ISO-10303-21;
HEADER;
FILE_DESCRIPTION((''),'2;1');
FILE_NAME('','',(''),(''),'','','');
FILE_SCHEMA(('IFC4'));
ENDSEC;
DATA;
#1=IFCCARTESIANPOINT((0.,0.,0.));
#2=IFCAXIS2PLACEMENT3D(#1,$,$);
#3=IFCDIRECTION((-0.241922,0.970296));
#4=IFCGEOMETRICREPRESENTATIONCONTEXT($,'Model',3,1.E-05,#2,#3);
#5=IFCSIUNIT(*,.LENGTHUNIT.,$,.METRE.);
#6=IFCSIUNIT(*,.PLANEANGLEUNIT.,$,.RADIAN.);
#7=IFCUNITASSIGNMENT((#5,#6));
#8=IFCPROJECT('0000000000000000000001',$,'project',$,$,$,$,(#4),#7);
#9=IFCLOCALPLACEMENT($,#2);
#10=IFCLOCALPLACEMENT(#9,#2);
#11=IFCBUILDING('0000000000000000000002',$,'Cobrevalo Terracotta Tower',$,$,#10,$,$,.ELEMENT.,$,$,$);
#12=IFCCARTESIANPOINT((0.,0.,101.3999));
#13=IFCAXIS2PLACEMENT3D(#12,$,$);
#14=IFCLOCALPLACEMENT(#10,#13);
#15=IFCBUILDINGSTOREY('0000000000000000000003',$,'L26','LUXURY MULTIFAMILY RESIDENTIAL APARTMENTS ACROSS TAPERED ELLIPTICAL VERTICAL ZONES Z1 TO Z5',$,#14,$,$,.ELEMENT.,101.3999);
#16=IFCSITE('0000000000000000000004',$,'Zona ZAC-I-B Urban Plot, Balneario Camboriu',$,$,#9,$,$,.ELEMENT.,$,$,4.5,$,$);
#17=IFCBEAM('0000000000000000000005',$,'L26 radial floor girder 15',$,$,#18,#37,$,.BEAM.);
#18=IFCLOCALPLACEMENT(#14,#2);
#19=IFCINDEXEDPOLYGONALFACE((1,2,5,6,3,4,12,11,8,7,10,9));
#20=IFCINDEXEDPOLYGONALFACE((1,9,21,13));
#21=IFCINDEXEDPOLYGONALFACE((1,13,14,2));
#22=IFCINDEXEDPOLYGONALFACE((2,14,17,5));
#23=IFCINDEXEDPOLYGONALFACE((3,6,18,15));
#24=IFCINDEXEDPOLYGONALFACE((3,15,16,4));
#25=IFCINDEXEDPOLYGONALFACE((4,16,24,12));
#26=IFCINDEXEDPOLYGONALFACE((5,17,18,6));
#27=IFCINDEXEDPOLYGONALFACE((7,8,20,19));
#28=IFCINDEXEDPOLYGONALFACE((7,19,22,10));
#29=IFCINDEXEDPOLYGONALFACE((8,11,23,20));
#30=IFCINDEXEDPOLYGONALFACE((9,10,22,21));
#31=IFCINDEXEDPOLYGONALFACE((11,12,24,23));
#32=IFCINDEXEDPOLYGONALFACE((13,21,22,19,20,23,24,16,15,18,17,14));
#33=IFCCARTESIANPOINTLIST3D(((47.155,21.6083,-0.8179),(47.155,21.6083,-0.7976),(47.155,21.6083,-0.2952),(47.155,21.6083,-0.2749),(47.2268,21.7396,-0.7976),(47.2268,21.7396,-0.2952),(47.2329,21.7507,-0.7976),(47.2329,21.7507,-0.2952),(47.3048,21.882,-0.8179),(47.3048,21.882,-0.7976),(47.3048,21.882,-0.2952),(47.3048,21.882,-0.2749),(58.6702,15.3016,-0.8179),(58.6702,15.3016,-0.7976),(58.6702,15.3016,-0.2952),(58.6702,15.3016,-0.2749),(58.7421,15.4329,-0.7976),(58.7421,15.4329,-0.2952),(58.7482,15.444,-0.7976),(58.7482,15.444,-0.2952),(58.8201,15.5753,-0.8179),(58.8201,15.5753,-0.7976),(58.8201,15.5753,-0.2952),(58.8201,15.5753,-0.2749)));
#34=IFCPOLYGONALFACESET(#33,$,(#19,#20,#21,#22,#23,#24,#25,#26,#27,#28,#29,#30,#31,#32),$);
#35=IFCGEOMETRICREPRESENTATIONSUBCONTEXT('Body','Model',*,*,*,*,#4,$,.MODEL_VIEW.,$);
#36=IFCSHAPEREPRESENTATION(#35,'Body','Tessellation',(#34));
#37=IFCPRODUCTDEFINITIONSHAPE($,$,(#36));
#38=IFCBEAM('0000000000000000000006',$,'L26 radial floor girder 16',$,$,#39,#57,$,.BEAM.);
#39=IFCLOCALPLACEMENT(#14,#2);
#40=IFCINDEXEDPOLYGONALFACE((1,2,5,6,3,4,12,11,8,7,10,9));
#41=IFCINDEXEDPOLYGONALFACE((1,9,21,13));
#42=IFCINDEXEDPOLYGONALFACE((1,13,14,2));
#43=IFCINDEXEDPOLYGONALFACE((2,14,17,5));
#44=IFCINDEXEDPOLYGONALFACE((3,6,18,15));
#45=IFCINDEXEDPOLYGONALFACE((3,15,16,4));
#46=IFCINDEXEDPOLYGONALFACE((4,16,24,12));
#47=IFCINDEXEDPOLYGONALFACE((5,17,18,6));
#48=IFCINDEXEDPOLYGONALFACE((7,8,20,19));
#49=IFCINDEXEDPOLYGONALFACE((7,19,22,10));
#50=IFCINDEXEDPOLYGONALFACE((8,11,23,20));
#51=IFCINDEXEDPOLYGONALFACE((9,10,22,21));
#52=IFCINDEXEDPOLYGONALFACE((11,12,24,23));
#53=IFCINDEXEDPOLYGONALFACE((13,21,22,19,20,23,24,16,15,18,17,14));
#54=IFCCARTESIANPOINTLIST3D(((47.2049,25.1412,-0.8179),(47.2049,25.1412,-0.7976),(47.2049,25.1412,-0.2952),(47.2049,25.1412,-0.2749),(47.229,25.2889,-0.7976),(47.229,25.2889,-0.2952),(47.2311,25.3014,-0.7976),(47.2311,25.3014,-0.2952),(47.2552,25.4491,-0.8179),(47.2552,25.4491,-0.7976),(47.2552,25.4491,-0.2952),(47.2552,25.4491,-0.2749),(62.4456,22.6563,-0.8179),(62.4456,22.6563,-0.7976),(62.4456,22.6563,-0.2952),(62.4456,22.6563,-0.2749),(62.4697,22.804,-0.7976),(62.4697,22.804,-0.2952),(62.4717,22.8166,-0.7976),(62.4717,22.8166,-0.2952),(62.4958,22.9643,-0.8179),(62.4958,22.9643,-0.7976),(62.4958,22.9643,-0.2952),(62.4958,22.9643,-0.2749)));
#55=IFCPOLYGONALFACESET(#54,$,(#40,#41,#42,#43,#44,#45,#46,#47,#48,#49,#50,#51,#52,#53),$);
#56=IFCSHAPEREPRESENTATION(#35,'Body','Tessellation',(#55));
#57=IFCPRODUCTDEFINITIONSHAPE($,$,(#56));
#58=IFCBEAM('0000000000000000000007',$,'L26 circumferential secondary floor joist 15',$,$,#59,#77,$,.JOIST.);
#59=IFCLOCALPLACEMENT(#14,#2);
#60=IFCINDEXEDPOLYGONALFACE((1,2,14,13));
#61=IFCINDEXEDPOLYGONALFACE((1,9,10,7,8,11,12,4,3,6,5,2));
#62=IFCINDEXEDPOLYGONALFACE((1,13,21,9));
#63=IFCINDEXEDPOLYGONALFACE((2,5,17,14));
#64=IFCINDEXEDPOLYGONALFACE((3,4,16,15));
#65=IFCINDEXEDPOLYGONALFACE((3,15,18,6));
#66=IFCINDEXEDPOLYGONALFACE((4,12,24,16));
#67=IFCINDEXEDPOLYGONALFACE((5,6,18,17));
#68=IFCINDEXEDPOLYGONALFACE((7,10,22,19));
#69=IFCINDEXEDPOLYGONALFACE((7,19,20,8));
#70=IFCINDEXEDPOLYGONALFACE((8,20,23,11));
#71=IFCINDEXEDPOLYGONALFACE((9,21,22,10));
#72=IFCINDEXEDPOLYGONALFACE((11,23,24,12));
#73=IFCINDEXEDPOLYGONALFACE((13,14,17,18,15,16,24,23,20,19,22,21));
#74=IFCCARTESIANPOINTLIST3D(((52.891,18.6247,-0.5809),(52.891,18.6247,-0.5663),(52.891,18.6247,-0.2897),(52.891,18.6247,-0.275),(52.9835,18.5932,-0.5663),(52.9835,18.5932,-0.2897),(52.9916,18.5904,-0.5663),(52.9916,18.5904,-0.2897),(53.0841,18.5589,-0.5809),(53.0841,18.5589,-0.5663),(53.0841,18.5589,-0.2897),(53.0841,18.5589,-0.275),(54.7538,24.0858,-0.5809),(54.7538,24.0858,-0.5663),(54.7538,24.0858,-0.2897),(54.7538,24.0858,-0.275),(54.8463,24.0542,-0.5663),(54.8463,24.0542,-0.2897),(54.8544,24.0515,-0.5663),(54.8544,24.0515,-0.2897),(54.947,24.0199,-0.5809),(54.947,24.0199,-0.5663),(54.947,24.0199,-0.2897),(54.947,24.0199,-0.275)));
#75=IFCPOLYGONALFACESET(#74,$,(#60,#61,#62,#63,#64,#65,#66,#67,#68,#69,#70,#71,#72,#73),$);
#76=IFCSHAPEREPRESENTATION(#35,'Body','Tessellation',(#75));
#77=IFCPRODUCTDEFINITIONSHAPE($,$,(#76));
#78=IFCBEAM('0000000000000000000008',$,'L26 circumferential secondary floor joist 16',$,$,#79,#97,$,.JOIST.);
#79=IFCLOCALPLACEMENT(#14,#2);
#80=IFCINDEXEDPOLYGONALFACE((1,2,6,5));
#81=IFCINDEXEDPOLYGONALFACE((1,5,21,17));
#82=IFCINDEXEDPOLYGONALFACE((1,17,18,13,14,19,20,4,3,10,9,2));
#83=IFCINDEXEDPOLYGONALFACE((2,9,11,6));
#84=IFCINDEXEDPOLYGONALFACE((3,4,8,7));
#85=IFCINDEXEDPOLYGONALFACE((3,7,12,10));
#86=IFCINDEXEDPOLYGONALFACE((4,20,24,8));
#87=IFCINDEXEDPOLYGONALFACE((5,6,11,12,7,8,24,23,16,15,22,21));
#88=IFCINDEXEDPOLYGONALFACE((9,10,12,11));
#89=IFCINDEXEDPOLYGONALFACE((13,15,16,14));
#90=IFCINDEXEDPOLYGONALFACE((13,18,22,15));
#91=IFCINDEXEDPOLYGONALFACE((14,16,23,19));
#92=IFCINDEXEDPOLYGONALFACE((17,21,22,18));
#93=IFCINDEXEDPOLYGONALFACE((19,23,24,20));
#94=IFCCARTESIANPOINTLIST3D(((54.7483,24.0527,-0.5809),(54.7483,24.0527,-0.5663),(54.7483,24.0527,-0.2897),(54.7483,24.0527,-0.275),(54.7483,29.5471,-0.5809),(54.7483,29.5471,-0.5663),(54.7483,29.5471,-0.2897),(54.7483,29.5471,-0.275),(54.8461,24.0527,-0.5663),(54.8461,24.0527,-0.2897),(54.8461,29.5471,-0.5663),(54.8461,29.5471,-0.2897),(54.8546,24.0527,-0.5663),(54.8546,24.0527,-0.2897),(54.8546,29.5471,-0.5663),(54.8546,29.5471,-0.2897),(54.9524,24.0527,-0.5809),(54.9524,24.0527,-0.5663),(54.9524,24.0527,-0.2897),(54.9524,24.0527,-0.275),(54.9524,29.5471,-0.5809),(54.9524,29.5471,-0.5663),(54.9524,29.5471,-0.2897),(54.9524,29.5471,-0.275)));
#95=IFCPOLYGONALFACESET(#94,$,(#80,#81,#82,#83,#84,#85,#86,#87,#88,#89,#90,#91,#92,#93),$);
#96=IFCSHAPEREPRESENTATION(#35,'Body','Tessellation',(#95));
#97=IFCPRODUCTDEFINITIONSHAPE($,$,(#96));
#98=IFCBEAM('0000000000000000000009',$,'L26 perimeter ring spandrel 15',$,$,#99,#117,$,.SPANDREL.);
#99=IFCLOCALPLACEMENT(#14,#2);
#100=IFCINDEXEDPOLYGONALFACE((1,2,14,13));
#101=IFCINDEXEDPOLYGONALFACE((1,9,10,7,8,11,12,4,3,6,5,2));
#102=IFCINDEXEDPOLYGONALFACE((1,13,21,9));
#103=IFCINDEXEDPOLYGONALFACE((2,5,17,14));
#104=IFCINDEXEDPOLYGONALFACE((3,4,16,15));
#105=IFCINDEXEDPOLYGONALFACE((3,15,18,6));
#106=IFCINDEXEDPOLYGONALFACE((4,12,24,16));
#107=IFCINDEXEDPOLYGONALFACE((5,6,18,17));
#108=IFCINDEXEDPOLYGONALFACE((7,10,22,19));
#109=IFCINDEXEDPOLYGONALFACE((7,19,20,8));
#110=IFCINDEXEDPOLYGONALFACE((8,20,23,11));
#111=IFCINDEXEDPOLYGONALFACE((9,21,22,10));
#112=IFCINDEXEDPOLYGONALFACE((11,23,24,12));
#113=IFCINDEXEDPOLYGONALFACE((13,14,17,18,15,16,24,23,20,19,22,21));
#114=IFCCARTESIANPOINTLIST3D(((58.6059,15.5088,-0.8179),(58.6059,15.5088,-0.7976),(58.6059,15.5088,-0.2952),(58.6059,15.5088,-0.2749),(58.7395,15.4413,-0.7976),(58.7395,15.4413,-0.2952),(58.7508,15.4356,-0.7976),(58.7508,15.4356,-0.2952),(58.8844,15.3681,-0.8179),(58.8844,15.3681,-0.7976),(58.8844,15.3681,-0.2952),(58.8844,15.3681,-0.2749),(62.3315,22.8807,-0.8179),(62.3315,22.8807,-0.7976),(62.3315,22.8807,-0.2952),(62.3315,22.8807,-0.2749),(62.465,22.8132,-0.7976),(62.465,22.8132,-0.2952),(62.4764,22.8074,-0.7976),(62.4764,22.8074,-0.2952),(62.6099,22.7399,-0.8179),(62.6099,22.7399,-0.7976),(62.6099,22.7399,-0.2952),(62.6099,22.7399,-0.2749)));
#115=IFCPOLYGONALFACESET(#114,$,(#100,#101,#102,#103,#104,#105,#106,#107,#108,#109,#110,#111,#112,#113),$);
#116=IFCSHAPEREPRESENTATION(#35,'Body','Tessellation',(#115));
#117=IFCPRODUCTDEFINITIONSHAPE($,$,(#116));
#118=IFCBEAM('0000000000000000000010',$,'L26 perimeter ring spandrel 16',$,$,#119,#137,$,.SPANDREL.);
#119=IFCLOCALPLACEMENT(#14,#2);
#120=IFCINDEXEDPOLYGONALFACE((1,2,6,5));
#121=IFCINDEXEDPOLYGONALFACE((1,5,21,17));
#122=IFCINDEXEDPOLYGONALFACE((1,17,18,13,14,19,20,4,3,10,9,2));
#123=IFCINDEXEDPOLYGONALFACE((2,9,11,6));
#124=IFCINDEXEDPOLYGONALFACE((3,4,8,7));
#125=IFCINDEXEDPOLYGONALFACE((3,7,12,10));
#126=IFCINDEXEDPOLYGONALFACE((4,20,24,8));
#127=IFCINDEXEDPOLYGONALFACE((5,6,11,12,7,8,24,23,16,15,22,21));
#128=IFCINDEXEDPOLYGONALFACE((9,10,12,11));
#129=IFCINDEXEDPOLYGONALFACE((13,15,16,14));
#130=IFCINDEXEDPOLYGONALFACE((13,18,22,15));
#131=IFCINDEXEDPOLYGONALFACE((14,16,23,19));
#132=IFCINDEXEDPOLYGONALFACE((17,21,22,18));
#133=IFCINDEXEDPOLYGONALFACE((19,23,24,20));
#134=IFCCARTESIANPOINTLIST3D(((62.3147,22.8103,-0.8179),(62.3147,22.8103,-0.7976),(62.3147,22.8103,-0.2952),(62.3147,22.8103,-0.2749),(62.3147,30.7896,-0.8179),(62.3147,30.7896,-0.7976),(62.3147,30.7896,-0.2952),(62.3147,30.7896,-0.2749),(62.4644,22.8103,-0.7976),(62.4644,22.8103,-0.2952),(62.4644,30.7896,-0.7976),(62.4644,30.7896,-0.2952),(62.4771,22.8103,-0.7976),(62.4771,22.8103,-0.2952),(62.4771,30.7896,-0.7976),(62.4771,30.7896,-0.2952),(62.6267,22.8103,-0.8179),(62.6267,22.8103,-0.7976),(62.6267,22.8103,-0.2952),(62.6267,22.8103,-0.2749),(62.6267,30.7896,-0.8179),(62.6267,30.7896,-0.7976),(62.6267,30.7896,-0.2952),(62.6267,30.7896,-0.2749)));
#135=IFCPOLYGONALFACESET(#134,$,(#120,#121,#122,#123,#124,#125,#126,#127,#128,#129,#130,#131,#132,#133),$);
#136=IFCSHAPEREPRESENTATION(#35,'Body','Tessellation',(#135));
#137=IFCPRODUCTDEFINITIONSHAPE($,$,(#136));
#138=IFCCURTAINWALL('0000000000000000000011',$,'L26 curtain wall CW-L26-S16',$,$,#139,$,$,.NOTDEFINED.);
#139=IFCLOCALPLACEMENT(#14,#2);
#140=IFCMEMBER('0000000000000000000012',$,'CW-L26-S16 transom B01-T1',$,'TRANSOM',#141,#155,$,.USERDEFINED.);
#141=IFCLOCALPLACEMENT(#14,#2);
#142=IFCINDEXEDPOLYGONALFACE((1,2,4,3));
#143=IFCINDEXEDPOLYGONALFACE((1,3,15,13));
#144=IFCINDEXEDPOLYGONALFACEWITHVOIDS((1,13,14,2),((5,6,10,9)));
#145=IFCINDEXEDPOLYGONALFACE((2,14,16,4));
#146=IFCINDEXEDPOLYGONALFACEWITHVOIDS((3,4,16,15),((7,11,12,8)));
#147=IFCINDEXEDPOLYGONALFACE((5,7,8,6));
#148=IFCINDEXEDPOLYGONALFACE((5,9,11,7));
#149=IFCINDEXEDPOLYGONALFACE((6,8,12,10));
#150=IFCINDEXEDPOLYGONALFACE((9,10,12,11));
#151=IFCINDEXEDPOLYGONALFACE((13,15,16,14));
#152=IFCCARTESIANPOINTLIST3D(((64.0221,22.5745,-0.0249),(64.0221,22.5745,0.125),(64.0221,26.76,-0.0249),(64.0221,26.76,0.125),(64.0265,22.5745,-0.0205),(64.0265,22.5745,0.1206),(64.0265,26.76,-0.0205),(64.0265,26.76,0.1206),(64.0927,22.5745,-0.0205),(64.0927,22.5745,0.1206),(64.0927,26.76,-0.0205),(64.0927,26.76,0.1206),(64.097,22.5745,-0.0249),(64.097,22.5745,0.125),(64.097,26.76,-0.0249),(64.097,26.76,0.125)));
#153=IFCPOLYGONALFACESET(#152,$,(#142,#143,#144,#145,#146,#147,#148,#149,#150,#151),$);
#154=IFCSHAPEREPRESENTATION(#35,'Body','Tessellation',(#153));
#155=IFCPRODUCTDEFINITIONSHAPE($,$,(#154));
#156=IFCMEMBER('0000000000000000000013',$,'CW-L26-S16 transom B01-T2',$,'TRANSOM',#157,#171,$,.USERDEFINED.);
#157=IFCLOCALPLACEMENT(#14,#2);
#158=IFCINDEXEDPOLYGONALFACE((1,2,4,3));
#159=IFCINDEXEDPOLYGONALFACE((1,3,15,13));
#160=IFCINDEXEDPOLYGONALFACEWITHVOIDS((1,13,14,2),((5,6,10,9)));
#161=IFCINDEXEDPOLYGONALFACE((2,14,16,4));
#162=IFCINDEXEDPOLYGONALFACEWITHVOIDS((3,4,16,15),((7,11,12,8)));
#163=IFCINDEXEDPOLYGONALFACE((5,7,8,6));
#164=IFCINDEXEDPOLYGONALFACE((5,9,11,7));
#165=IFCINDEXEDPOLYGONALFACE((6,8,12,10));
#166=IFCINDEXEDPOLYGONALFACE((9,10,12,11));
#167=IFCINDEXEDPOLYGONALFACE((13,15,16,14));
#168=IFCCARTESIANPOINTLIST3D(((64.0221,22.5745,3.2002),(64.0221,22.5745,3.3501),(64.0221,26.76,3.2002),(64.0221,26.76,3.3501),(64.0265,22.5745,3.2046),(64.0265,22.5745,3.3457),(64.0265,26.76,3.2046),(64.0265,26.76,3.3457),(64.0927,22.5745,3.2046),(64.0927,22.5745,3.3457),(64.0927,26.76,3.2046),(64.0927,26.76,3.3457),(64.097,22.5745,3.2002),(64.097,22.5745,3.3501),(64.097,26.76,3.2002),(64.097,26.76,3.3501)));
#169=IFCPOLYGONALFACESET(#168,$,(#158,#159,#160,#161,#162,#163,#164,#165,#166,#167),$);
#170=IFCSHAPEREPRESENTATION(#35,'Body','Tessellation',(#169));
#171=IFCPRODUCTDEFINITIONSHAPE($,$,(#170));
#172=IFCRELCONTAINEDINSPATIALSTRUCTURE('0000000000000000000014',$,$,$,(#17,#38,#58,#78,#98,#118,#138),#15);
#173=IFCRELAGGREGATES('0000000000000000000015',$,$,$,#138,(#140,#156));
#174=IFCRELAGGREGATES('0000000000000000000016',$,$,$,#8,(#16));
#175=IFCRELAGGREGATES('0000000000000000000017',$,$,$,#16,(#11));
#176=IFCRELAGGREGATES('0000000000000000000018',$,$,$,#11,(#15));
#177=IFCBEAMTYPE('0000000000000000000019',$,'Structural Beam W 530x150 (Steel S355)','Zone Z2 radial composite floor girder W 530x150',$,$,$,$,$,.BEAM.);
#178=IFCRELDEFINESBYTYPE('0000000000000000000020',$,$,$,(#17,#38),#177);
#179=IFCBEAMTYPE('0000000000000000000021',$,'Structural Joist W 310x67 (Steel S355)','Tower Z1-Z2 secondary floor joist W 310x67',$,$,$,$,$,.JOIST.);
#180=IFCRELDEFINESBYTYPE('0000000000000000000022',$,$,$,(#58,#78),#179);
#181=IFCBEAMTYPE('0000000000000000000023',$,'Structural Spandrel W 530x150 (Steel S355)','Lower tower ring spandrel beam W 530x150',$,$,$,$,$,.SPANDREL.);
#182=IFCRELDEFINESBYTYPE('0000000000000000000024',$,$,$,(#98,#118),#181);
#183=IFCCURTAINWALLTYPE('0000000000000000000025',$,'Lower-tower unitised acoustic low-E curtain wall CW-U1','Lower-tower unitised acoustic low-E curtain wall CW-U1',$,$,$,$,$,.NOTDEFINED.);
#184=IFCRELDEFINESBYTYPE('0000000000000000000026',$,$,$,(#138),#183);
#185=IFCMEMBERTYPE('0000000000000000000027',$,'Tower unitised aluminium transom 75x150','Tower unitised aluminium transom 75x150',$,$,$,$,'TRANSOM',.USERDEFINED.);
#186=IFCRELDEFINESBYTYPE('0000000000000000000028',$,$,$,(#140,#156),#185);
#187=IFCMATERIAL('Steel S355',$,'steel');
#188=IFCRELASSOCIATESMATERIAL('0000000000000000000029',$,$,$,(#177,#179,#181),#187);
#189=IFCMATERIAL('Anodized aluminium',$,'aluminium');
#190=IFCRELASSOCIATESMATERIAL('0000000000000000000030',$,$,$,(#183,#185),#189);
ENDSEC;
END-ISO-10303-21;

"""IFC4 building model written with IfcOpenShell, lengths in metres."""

from ifc_helpers import new_model, si_unit, direction, frame, origin, origin_2d, place, context, subcontext, project, spatial, hollow_rectangle, i_section, extrude, source, transform, mapped, material, material_profile, profile_set, type_object, element, aggregate, save


model = new_model("IFC4")

# Units and contexts
model_context = context("Model", 3, precision=1e-05, world=origin(), true_north=direction((-0.241922, 0.970296)))
body_context = subcontext(model_context, "Body", "Model", "MODEL_VIEW")
ifc_project = project(units=[si_unit("LENGTHUNIT", "METRE"), si_unit("PLANEANGLEUNIT", "RADIAN")], contexts=[model_context])

# Site, building, storey
site_placement = place(None, origin())
site = spatial("IfcSite", under=ifc_project, at=site_placement, Name="Zona ZAC-I-B Urban Plot, Balneario Camboriu", CompositionType="ELEMENT", RefElevation=4.5)
building_placement = place(site_placement, origin())
building = spatial("IfcBuilding", under=site, at=building_placement, Name="Cobrevalo Terracotta Tower", CompositionType="ELEMENT")
storey_placement = place(building_placement, frame((0.0, 0.0, 101.3999)))
storey = spatial("IfcBuildingStorey", under=building, at=storey_placement, Name="L26", Description="LUXURY MULTIFAMILY RESIDENTIAL APARTMENTS ACROSS TAPERED ELLIPTICAL VERTICAL ZONES Z1 TO Z5", CompositionType="ELEMENT", Elevation=101.3999)

# Shared definitions
ifc_material_1 = material(Name="Steel S355", Category="steel")

# Beams
ifc_material_profile_1 = material_profile(ifc_material_1, i_section(OverallWidth=0.312, OverallDepth=0.543, WebThickness=0.0127, FlangeThickness=0.0203, at=origin_2d()), Name="W 530x150")
ifc_profile_set_1 = profile_set([ifc_material_profile_1], Name="Steel S355")
beam_type_1 = type_object("IfcBeamType", Name="Structural Beam W 530x150 (Steel S355)", Description="Zone Z2 radial composite floor girder W 530x150", PredefinedType="BEAM", material=ifc_profile_set_1)
beam_1_placement = place(storey_placement, frame((58.7451, 15.4385, -0.5464), z_axis=(-0.877073, 0.480358, 0.0), x_axis=(-0.480358, -0.877073, 0.0)))
element("IfcBeam", 1, at=beam_1_placement, inside=storey, type_object=beam_type_1, Name="L26 radial floor girder 15", PredefinedType="BEAM", context=body_context, shape_type="SweptSolid", body=[
    extrude(i_section(OverallWidth=0.312, OverallDepth=0.543, WebThickness=0.0127, FlangeThickness=0.0203, at=origin_2d()), origin(), (0.0, 0.0, 1.0), 13.1292),
])
beam_2_placement = place(storey_placement, frame((62.4707, 22.8103, -0.5464), z_axis=(-0.986968, 0.160916, 0.0), x_axis=(-0.160916, -0.986968, 0.0)))
element("IfcBeam", 2, at=beam_2_placement, inside=storey, type_object=beam_type_1, Name="L26 radial floor girder 16", PredefinedType="BEAM", context=body_context, shape_type="SweptSolid", body=[
    extrude(i_section(OverallWidth=0.312, OverallDepth=0.543, WebThickness=0.0127, FlangeThickness=0.0203, at=origin_2d()), origin(), (0.0, 0.0, 1.0), 15.4419),
])
ifc_material_profile_2 = material_profile(ifc_material_1, i_section(OverallWidth=0.2041, OverallDepth=0.3059, WebThickness=0.0085, FlangeThickness=0.0146, at=origin_2d()), Name="W 310x67")
ifc_profile_set_2 = profile_set([ifc_material_profile_2], Name="Steel S355")
beam_type_2 = type_object("IfcBeamType", Name="Structural Joist W 310x67 (Steel S355)", Description="Tower Z1-Z2 secondary floor joist W 310x67", PredefinedType="JOIST", material=ifc_profile_set_2)
beam_3_placement = place(storey_placement, frame((52.9875, 18.5918, -0.428), z_axis=(0.322846, 0.946451, 0.0), x_axis=(-0.946451, 0.322846, 0.0)))
element("IfcBeam", 3, at=beam_3_placement, inside=storey, type_object=beam_type_2, Name="L26 circumferential secondary floor joist 15", PredefinedType="JOIST", context=body_context, shape_type="SweptSolid", body=[
    extrude(i_section(OverallWidth=0.2041, OverallDepth=0.3059, WebThickness=0.0085, FlangeThickness=0.0146, at=origin_2d()), origin(), (0.0, 0.0, 1.0), 5.77),
])
beam_4_placement = place(storey_placement, frame((54.8503, 24.0527, -0.428), z_axis=(0.0, 1.0, 0.0), x_axis=(-1.0, 0.0, 0.0)))
element("IfcBeam", 4, at=beam_4_placement, inside=storey, type_object=beam_type_2, Name="L26 circumferential secondary floor joist 16", PredefinedType="JOIST", context=body_context, shape_type="SweptSolid", body=[
    extrude(i_section(OverallWidth=0.2041, OverallDepth=0.3059, WebThickness=0.0085, FlangeThickness=0.0146, at=origin_2d()), origin(), (0.0, 0.0, 1.0), 5.4944),
])
ifc_material_profile_3 = material_profile(ifc_material_1, i_section(OverallWidth=0.312, OverallDepth=0.543, WebThickness=0.0127, FlangeThickness=0.0203, at=origin_2d()), Name="W 530x150")
ifc_profile_set_3 = profile_set([ifc_material_profile_3], Name="Steel S355")
beam_type_3 = type_object("IfcBeamType", Name="Structural Spandrel W 530x150 (Steel S355)", Description="Lower tower ring spandrel beam W 530x150", PredefinedType="SPANDREL", material=ifc_profile_set_3)
beam_5_placement = place(storey_placement, frame((58.7451, 15.4385, -0.5464), z_axis=(0.451052, 0.892498, 0.0), x_axis=(-0.892498, 0.451052, 0.0)))
element("IfcBeam", 5, at=beam_5_placement, inside=storey, type_object=beam_type_3, Name="L26 perimeter ring spandrel 15", PredefinedType="SPANDREL", context=body_context, shape_type="SweptSolid", body=[
    extrude(i_section(OverallWidth=0.312, OverallDepth=0.543, WebThickness=0.0127, FlangeThickness=0.0203, at=origin_2d()), origin(), (0.0, 0.0, 1.0), 8.2598),
])
beam_6_placement = place(storey_placement, frame((62.4707, 22.8103, -0.5464), z_axis=(0.0, 1.0, 0.0), x_axis=(-1.0, 0.0, 0.0)))
element("IfcBeam", 6, at=beam_6_placement, inside=storey, type_object=beam_type_3, Name="L26 perimeter ring spandrel 16", PredefinedType="SPANDREL", context=body_context, shape_type="SweptSolid", body=[
    extrude(i_section(OverallWidth=0.312, OverallDepth=0.543, WebThickness=0.0127, FlangeThickness=0.0203, at=origin_2d()), origin(), (0.0, 0.0, 1.0), 7.9792),
])

# Curtain wall, members
ifc_material_2 = material(Name="Anodized aluminium", Category="aluminium")
curtain_wall_type = type_object("IfcCurtainWallType", Name="Lower-tower unitised acoustic low-E curtain wall CW-U1", Description="Lower-tower unitised acoustic low-E curtain wall CW-U1", PredefinedType="NOTDEFINED", material=ifc_material_2)
curtain_wall_1_placement = place(storey_placement, origin())
curtain_wall_1 = element("IfcCurtainWall", 7, at=curtain_wall_1_placement, inside=storey, type_object=curtain_wall_type, Name="L26 curtain wall CW-L26-S16", PredefinedType="NOTDEFINED")
ifc_material_profile_4 = material_profile(ifc_material_2, hollow_rectangle(XDim=0.075, YDim=0.1499, WallThickness=0.0044, at=origin_2d()), Name="CWT 75x150")
ifc_profile_set_4 = profile_set([ifc_material_profile_4], Name="Anodized aluminium")
member_type_1 = type_object("IfcMemberType", Name="Tower unitised aluminium transom 75x150", Description="Tower unitised aluminium transom 75x150", ElementType="TRANSOM", PredefinedType="USERDEFINED", material=ifc_profile_set_4)
shared_shape_1 = source(origin(), body_context, "Body", "SweptSolid", [
    extrude(hollow_rectangle(XDim=0.075, YDim=0.1499, WallThickness=0.0044, at=origin_2d()), origin(), (0.0, 0.0, 1.0), 4.1855),
])
member_1_placement = place(storey_placement, frame((64.0596, 22.5745, 0.05), z_axis=(0.0, 1.0, 0.0), x_axis=(-1.0, 0.0, 0.0)))
member_1 = element("IfcMember", 8, at=member_1_placement, type_object=member_type_1, Name="CW-L26-S16 transom B01-T1", ObjectType="TRANSOM", PredefinedType="USERDEFINED", context=body_context, shape_type="MappedRepresentation", body=[
    mapped(shared_shape_1, transform((0.0, 0.0, 0.0), scale=1.0)),
])
member_2_placement = place(storey_placement, frame((64.0596, 22.5745, 3.2751), z_axis=(0.0, 1.0, 0.0), x_axis=(-1.0, 0.0, 0.0)))
member_2 = element("IfcMember", 9, at=member_2_placement, type_object=member_type_1, Name="CW-L26-S16 transom B01-T2", ObjectType="TRANSOM", PredefinedType="USERDEFINED", context=body_context, shape_type="MappedRepresentation", body=[
    mapped(shared_shape_1, transform((0.0, 0.0, 0.0), scale=1.0)),
])

aggregate(curtain_wall_1, [member_1, member_2])

save(model, "model.ifc")
